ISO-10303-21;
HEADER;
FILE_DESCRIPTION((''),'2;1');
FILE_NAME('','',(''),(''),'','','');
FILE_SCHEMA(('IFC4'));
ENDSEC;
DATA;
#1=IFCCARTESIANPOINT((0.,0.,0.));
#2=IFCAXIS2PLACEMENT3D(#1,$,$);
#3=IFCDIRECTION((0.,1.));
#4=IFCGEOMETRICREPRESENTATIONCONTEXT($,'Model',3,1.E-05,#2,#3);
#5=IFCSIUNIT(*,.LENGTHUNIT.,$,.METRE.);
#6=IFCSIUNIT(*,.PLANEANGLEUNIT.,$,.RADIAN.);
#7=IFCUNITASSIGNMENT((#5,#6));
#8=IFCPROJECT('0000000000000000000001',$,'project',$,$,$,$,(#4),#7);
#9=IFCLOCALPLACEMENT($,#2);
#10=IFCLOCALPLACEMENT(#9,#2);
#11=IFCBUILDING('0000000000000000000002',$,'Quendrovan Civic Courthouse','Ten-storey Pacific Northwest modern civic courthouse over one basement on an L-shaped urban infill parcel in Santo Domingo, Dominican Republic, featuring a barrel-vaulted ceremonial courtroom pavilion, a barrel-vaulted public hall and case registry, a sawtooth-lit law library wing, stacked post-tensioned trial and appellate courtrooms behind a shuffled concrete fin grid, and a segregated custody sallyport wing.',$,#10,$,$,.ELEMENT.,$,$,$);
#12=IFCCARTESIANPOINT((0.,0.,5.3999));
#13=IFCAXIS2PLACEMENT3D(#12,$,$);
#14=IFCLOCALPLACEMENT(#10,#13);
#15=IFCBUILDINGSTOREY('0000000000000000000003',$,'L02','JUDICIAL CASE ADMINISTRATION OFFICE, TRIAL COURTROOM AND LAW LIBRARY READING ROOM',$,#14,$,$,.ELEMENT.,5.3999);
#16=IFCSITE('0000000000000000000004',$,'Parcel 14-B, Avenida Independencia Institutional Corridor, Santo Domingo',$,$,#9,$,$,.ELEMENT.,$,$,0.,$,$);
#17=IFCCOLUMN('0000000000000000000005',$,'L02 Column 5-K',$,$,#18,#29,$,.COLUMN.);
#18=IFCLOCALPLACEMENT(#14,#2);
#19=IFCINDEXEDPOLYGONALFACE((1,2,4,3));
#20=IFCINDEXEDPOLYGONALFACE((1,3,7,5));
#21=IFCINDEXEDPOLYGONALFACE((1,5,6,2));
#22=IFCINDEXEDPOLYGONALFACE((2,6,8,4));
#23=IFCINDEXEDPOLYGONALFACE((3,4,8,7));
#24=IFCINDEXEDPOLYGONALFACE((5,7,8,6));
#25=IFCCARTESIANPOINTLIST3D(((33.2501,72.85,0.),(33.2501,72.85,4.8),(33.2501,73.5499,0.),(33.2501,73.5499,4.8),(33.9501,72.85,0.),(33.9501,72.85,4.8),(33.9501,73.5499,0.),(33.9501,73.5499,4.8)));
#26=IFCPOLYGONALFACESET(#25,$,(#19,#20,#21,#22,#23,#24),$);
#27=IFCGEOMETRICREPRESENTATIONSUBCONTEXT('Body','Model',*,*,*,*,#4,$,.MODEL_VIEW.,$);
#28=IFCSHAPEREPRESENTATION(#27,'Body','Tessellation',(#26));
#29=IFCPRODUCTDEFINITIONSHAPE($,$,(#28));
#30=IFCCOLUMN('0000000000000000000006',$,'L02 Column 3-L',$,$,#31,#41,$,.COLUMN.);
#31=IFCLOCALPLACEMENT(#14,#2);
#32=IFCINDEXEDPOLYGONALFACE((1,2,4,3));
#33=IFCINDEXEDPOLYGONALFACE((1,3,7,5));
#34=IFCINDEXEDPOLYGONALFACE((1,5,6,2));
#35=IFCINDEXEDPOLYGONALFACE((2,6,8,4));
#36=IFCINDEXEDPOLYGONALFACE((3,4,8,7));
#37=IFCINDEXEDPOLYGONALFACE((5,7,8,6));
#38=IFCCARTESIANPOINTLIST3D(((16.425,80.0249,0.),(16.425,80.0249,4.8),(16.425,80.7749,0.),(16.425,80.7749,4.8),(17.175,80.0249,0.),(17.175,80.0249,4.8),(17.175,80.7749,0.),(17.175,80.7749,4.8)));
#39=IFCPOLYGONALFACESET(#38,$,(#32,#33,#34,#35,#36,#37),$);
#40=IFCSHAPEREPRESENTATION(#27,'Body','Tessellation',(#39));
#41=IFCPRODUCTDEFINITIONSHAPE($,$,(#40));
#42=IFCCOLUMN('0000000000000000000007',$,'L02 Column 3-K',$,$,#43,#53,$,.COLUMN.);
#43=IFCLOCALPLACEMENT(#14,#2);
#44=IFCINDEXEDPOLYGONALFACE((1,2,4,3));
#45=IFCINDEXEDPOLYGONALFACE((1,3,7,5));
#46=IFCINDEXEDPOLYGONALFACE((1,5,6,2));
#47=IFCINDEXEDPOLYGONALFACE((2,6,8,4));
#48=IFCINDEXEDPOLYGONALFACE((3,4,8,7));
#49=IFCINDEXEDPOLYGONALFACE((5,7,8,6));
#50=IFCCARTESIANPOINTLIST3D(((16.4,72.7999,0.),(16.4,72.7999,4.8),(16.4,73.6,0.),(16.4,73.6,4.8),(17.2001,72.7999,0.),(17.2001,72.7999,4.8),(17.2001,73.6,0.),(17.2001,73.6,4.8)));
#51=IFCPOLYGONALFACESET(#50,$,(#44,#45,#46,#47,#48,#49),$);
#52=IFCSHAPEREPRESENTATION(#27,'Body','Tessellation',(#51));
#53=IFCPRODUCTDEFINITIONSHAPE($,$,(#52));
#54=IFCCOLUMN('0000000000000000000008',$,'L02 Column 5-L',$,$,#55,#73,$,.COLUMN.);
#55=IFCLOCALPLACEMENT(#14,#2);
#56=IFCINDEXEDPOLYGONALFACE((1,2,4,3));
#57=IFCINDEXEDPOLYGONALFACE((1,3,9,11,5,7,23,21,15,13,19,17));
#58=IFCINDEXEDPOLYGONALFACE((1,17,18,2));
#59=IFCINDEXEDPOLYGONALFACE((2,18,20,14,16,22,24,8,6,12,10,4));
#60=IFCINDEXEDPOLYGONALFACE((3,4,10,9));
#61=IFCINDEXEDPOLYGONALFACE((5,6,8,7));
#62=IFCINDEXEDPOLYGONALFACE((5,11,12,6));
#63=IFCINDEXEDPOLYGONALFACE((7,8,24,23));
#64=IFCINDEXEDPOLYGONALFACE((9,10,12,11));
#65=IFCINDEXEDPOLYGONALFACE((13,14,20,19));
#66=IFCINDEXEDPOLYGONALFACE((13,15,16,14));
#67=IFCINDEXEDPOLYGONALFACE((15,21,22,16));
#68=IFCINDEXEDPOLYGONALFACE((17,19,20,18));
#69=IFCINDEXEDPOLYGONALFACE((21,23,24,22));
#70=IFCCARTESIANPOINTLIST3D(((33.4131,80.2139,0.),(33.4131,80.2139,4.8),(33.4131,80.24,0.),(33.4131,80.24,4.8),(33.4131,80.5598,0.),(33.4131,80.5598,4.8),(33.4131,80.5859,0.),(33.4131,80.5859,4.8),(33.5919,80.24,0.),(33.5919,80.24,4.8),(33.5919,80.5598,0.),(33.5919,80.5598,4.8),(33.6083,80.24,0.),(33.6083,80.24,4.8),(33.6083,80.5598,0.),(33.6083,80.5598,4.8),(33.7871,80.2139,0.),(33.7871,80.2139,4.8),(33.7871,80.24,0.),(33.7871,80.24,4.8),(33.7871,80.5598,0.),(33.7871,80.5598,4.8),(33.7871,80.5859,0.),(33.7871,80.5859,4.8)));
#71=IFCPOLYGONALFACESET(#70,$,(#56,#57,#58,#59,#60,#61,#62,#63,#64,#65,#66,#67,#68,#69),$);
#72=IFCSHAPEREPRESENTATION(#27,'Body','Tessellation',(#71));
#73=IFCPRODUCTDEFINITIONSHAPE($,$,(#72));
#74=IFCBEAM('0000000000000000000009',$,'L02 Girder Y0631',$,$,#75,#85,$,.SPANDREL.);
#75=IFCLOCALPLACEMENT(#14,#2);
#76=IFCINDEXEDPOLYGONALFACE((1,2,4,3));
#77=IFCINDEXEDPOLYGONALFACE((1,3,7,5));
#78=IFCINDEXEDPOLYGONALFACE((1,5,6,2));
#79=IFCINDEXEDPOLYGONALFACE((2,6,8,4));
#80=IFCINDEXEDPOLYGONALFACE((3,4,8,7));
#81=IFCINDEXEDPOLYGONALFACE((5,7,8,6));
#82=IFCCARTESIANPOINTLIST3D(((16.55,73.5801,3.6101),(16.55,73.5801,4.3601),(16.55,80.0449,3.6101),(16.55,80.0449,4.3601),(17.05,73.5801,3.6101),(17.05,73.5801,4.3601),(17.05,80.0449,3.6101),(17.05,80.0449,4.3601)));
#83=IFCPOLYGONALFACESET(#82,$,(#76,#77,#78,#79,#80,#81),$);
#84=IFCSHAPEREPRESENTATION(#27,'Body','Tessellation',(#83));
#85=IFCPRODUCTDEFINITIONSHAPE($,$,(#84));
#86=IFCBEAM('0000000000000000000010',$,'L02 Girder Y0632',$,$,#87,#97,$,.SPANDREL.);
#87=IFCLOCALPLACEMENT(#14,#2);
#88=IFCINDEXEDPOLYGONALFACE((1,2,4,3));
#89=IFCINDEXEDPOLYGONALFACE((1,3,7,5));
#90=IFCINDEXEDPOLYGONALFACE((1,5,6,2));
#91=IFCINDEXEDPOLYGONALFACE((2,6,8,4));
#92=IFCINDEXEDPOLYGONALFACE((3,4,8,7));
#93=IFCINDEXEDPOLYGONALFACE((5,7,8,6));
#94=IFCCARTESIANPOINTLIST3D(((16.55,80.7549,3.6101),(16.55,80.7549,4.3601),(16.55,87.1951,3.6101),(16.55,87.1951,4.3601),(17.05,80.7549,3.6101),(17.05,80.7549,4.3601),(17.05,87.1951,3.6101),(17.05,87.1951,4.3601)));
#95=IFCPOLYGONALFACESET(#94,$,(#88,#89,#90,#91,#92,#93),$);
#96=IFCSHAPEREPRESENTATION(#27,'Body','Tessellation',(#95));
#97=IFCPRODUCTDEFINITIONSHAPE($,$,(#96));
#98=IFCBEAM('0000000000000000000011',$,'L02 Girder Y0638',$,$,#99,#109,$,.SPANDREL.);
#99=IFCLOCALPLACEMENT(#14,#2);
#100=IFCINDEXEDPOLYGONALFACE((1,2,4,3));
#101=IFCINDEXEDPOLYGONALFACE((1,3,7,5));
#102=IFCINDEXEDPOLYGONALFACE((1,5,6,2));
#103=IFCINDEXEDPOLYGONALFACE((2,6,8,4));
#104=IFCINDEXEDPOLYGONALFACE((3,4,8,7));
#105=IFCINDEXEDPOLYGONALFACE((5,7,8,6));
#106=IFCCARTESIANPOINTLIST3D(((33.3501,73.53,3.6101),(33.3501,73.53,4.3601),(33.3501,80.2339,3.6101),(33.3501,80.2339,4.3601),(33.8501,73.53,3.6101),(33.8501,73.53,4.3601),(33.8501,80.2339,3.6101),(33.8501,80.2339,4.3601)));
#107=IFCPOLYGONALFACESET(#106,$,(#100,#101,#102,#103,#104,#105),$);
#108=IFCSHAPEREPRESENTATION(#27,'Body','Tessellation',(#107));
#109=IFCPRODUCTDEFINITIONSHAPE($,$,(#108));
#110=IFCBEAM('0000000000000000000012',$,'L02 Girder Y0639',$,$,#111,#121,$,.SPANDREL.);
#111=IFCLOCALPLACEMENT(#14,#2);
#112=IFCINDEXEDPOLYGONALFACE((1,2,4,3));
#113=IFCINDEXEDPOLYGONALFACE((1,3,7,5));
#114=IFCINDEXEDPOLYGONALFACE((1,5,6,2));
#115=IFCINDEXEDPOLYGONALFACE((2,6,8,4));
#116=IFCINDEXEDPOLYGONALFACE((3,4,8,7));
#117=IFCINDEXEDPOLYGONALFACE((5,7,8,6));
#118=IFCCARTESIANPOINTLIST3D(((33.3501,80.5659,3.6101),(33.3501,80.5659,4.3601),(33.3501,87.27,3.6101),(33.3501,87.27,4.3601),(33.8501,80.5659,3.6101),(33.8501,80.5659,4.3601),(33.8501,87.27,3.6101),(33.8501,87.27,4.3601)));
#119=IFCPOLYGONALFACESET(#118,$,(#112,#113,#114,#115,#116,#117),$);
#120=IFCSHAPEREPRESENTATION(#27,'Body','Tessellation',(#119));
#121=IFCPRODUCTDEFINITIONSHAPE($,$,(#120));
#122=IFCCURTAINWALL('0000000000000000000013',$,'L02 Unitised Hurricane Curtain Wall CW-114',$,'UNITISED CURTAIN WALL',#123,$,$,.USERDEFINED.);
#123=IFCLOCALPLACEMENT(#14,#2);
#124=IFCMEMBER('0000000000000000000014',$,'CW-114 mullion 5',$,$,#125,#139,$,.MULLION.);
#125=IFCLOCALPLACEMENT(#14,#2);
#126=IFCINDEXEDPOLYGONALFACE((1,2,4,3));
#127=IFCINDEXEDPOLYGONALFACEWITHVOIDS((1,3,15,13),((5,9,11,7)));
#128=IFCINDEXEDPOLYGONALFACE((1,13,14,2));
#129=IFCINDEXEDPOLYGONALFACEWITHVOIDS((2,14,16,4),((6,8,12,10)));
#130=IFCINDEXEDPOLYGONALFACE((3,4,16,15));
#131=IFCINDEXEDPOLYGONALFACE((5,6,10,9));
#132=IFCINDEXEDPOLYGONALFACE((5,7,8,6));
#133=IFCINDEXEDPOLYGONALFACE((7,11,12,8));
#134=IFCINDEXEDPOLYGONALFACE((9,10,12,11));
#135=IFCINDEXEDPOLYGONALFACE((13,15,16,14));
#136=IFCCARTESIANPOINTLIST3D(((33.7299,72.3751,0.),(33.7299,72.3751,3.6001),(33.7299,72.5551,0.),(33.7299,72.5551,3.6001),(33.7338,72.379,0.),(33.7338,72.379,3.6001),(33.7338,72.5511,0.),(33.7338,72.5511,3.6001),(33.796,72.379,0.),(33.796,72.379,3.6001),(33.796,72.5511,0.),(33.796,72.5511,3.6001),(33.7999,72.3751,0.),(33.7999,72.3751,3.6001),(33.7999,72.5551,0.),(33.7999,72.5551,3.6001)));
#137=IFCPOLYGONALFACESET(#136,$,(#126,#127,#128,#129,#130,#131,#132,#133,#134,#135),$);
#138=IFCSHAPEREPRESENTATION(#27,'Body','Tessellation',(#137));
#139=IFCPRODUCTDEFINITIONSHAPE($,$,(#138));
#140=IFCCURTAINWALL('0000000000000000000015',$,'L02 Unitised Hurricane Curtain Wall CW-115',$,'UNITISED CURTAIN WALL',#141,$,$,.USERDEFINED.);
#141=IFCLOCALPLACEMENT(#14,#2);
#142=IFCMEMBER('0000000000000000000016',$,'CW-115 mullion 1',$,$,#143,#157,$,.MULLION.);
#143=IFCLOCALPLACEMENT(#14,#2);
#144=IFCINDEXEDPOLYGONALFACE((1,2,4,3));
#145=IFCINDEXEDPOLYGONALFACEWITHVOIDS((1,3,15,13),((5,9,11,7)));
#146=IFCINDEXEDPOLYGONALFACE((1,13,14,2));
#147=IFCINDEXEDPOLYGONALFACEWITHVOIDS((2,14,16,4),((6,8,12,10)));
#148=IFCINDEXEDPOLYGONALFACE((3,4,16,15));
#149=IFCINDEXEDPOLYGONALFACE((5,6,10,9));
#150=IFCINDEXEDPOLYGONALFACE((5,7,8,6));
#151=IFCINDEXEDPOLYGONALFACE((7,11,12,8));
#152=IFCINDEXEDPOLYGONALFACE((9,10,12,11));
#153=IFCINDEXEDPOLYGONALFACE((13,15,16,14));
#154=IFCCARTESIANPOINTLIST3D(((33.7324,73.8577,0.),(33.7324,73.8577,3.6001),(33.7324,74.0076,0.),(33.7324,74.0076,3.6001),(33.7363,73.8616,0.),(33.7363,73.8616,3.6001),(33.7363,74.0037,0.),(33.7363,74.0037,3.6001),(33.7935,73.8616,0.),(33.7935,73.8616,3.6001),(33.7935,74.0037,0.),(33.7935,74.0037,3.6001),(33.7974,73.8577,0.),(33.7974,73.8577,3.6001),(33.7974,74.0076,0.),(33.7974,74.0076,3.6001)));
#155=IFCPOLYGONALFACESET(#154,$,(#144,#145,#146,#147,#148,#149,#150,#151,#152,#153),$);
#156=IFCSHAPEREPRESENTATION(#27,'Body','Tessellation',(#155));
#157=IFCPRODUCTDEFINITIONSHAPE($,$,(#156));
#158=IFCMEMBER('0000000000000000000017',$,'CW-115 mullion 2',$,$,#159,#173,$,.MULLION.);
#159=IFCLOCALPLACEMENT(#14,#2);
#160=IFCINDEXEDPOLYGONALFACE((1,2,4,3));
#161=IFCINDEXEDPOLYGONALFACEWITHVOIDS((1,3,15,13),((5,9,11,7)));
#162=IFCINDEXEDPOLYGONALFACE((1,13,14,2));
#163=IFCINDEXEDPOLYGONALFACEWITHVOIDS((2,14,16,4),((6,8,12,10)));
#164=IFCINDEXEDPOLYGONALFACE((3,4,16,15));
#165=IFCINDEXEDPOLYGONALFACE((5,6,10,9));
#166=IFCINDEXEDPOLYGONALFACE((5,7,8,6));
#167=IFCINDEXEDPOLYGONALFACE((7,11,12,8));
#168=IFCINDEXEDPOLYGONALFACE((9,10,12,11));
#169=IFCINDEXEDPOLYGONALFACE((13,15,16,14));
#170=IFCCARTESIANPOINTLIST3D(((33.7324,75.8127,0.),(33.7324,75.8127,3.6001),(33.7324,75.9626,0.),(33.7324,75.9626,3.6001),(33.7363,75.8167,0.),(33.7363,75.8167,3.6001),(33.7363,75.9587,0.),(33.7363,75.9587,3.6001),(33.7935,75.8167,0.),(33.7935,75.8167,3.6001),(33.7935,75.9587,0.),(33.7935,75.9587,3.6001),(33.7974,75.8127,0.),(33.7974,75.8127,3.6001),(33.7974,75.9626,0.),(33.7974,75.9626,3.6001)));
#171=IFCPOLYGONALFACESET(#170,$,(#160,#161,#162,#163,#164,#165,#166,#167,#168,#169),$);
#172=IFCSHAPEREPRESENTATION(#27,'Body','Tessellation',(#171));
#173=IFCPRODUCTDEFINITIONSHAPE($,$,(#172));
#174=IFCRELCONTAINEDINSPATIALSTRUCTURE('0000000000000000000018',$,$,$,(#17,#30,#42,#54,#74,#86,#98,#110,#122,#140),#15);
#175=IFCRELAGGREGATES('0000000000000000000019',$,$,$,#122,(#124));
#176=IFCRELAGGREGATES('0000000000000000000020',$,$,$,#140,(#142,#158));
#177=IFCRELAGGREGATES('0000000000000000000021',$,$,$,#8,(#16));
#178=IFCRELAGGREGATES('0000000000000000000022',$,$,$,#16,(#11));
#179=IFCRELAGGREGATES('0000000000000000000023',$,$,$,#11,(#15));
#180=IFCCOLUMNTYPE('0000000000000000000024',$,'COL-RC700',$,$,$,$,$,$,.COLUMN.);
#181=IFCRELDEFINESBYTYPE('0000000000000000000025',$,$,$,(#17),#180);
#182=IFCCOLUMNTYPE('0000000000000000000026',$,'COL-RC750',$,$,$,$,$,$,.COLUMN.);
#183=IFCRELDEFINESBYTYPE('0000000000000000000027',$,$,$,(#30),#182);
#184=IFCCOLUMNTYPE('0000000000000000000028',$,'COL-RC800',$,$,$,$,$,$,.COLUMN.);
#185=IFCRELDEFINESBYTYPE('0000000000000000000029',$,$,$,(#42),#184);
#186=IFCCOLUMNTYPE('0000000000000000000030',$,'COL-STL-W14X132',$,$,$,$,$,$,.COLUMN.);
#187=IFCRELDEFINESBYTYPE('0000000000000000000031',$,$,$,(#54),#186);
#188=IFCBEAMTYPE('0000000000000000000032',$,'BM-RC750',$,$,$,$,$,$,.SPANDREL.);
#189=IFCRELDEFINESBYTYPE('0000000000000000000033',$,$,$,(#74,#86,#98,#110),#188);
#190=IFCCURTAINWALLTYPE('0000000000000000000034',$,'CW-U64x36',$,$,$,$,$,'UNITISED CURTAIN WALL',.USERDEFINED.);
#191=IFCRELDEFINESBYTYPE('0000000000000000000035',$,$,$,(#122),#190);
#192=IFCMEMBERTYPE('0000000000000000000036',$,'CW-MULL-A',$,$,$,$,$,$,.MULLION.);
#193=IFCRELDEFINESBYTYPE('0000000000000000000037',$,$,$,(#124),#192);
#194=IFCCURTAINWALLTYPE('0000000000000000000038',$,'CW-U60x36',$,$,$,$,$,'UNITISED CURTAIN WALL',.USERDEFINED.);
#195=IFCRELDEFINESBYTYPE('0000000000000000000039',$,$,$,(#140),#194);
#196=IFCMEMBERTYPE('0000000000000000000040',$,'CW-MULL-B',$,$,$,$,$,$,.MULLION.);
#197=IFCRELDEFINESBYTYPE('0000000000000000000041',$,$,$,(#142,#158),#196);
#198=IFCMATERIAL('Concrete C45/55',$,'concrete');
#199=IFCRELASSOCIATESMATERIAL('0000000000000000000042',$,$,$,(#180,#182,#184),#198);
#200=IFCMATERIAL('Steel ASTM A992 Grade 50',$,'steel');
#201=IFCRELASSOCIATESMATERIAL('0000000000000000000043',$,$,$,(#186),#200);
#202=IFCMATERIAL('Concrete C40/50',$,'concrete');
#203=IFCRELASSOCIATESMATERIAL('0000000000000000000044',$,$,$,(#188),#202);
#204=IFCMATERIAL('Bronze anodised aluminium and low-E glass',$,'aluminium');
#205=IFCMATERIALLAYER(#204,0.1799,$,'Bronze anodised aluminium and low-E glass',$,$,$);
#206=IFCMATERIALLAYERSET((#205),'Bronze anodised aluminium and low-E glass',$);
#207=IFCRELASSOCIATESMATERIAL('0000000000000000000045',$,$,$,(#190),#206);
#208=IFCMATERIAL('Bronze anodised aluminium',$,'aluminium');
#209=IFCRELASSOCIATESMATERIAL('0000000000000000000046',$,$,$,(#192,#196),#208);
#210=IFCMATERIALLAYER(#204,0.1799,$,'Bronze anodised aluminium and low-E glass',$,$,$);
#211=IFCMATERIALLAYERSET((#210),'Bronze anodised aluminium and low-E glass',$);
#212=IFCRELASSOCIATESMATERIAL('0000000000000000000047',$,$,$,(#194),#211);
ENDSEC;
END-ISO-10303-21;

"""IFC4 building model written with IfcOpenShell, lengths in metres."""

from ifc_helpers import new_model, si_unit, direction, frame, origin, origin_2d, place, context, subcontext, project, spatial, rectangle, hollow_rectangle, i_section, extrude, material, layer, layer_set, material_profile, profile_set, type_object, element, aggregate, save


model = new_model("IFC4")

# Units and contexts
model_context = context("Model", 3, precision=1e-05, world=origin(), true_north=direction((0.0, 1.0)))
body_context = subcontext(model_context, "Body", "Model", "MODEL_VIEW")
ifc_project = project(units=[si_unit("LENGTHUNIT", "METRE"), si_unit("PLANEANGLEUNIT", "RADIAN")], contexts=[model_context])

# Site, building, storey
site_placement = place(None, origin())
site = spatial("IfcSite", under=ifc_project, at=site_placement, Name="Parcel 14-B, Avenida Independencia Institutional Corridor, Santo Domingo", CompositionType="ELEMENT", RefElevation=0.0)
building_placement = place(site_placement, origin())
building = spatial("IfcBuilding", under=site, at=building_placement, Name="Quendrovan Civic Courthouse", Description="Ten-storey Pacific Northwest modern civic courthouse over one basement on an L-shaped urban infill parcel in Santo Domingo, Dominican Republic, featuring a barrel-vaulted ceremonial courtroom pavilion, a barrel-vaulted public hall and case registry, a sawtooth-lit law library wing, stacked post-tensioned trial and appellate courtrooms behind a shuffled concrete fin grid, and a segregated custody sallyport wing.", CompositionType="ELEMENT")
storey_placement = place(building_placement, frame((0.0, 0.0, 5.3999)))
storey = spatial("IfcBuildingStorey", under=building, at=storey_placement, Name="L02", Description="JUDICIAL CASE ADMINISTRATION OFFICE, TRIAL COURTROOM AND LAW LIBRARY READING ROOM", CompositionType="ELEMENT", Elevation=5.3999)

# Columns
ifc_material_1 = material(Name="Concrete C45/55", Category="concrete")
ifc_material_profile_1 = material_profile(ifc_material_1, rectangle(XDim=0.7, YDim=0.7, at=origin_2d()), Name="RC-COL-700x700")
ifc_profile_set_1 = profile_set([ifc_material_profile_1], Name="Concrete C45/55")
column_type_1 = type_object("IfcColumnType", Name="COL-RC700", PredefinedType="COLUMN", material=ifc_profile_set_1)
column_1_placement = place(storey_placement, frame((33.6001, 73.2, 0.0), z_axis=(0.0, 0.0, 1.0), x_axis=(1.0, 0.0, 0.0)))
element("IfcColumn", 1, at=column_1_placement, inside=storey, type_object=column_type_1, Name="L02 Column 5-K", PredefinedType="COLUMN", context=body_context, shape_type="SweptSolid", body=[
    extrude(rectangle(XDim=0.7, YDim=0.7, at=origin_2d()), origin(), (0.0, 0.0, 1.0), 4.8),
])
ifc_material_profile_2 = material_profile(ifc_material_1, rectangle(XDim=0.75, YDim=0.75, at=origin_2d()), Name="RC-COL-750x750")
ifc_profile_set_2 = profile_set([ifc_material_profile_2], Name="Concrete C45/55")
column_type_2 = type_object("IfcColumnType", Name="COL-RC750", PredefinedType="COLUMN", material=ifc_profile_set_2)
column_2_placement = place(storey_placement, frame((16.8, 80.3999, 0.0), z_axis=(0.0, 0.0, 1.0), x_axis=(1.0, 0.0, 0.0)))
element("IfcColumn", 2, at=column_2_placement, inside=storey, type_object=column_type_2, Name="L02 Column 3-L", PredefinedType="COLUMN", context=body_context, shape_type="SweptSolid", body=[
    extrude(rectangle(XDim=0.75, YDim=0.75, at=origin_2d()), origin(), (0.0, 0.0, 1.0), 4.8),
])
ifc_material_profile_3 = material_profile(ifc_material_1, rectangle(XDim=0.8, YDim=0.8, at=origin_2d()), Name="RC-COL-800x800")
ifc_profile_set_3 = profile_set([ifc_material_profile_3], Name="Concrete C45/55")
column_type_3 = type_object("IfcColumnType", Name="COL-RC800", PredefinedType="COLUMN", material=ifc_profile_set_3)
column_3_placement = place(storey_placement, frame((16.8, 73.2, 0.0), z_axis=(0.0, 0.0, 1.0), x_axis=(1.0, 0.0, 0.0)))
element("IfcColumn", 3, at=column_3_placement, inside=storey, type_object=column_type_3, Name="L02 Column 3-K", PredefinedType="COLUMN", context=body_context, shape_type="SweptSolid", body=[
    extrude(rectangle(XDim=0.8, YDim=0.8, at=origin_2d()), origin(), (0.0, 0.0, 1.0), 4.8),
])
ifc_material_2 = material(Name="Steel ASTM A992 Grade 50", Category="steel")
ifc_material_profile_4 = material_profile(ifc_material_2, i_section(OverallWidth=0.374, OverallDepth=0.3721, WebThickness=0.0164, FlangeThickness=0.0261, at=origin_2d()), Name="W14X132")
ifc_profile_set_4 = profile_set([ifc_material_profile_4], Name="Steel ASTM A992 Grade 50")
column_type_4 = type_object("IfcColumnType", Name="COL-STL-W14X132", PredefinedType="COLUMN", material=ifc_profile_set_4)
column_4_placement = place(storey_placement, frame((33.6001, 80.3999, 0.0), z_axis=(0.0, 0.0, 1.0), x_axis=(1.0, 0.0, 0.0)))
element("IfcColumn", 4, at=column_4_placement, inside=storey, type_object=column_type_4, Name="L02 Column 5-L", PredefinedType="COLUMN", context=body_context, shape_type="SweptSolid", body=[
    extrude(i_section(OverallWidth=0.374, OverallDepth=0.3721, WebThickness=0.0164, FlangeThickness=0.0261, at=origin_2d()), origin(), (0.0, 0.0, 1.0), 4.8),
])

# Beams
ifc_material_3 = material(Name="Concrete C40/50", Category="concrete")
ifc_material_profile_5 = material_profile(ifc_material_3, rectangle(XDim=0.5, YDim=0.75, at=origin_2d()), Name="RC-BM-500x750")
ifc_profile_set_5 = profile_set([ifc_material_profile_5], Name="Concrete C40/50")
beam_type = type_object("IfcBeamType", Name="BM-RC750", PredefinedType="SPANDREL", material=ifc_profile_set_5)
beam_1_placement = place(storey_placement, frame((16.8, 73.5801, 3.9851), z_axis=(0.0, 1.0, 0.0), x_axis=(-1.0, 0.0, 0.0)))
element("IfcBeam", 5, at=beam_1_placement, inside=storey, type_object=beam_type, Name="L02 Girder Y0631", PredefinedType="SPANDREL", context=body_context, shape_type="SweptSolid", body=[
    extrude(rectangle(XDim=0.5, YDim=0.75, at=origin_2d()), origin(), (0.0, 0.0, 1.0), 6.4648),
])
beam_2_placement = place(storey_placement, frame((16.8, 80.7549, 3.9851), z_axis=(0.0, 1.0, 0.0), x_axis=(-1.0, 0.0, 0.0)))
element("IfcBeam", 6, at=beam_2_placement, inside=storey, type_object=beam_type, Name="L02 Girder Y0632", PredefinedType="SPANDREL", context=body_context, shape_type="SweptSolid", body=[
    extrude(rectangle(XDim=0.5, YDim=0.75, at=origin_2d()), origin(), (0.0, 0.0, 1.0), 6.4402),
])
beam_3_placement = place(storey_placement, frame((33.6001, 73.53, 3.9851), z_axis=(0.0, 1.0, 0.0), x_axis=(-1.0, 0.0, 0.0)))
element("IfcBeam", 7, at=beam_3_placement, inside=storey, type_object=beam_type, Name="L02 Girder Y0638", PredefinedType="SPANDREL", context=body_context, shape_type="SweptSolid", body=[
    extrude(rectangle(XDim=0.5, YDim=0.75, at=origin_2d()), origin(), (0.0, 0.0, 1.0), 6.7039),
])
beam_4_placement = place(storey_placement, frame((33.6001, 80.5659, 3.9851), z_axis=(0.0, 1.0, 0.0), x_axis=(-1.0, 0.0, 0.0)))
element("IfcBeam", 8, at=beam_4_placement, inside=storey, type_object=beam_type, Name="L02 Girder Y0639", PredefinedType="SPANDREL", context=body_context, shape_type="SweptSolid", body=[
    extrude(rectangle(XDim=0.5, YDim=0.75, at=origin_2d()), origin(), (0.0, 0.0, 1.0), 6.7041),
])

# Curtain wall, member
ifc_material_4 = material(Name="Bronze anodised aluminium and low-E glass", Category="aluminium")
ifc_layer_1 = layer(ifc_material_4, 0.1799, Name="Bronze anodised aluminium and low-E glass")
ifc_layer_set_1 = layer_set([ifc_layer_1], Name="Bronze anodised aluminium and low-E glass")
curtain_wall_type_1 = type_object("IfcCurtainWallType", Name="CW-U64x36", ElementType="UNITISED CURTAIN WALL", PredefinedType="USERDEFINED", material=ifc_layer_set_1)
curtain_wall_1_placement = place(storey_placement, origin())
curtain_wall_1 = element("IfcCurtainWall", 9, at=curtain_wall_1_placement, inside=storey, type_object=curtain_wall_type_1, Name="L02 Unitised Hurricane Curtain Wall CW-114", ObjectType="UNITISED CURTAIN WALL", PredefinedType="USERDEFINED")
ifc_material_5 = material(Name="Bronze anodised aluminium", Category="aluminium")
ifc_material_profile_6 = material_profile(ifc_material_5, hollow_rectangle(XDim=0.0701, YDim=0.1799, WallThickness=0.0039, at=origin_2d()), Name="CW-MULL-70x180")
ifc_profile_set_6 = profile_set([ifc_material_profile_6], Name="Bronze anodised aluminium")
member_type_1 = type_object("IfcMemberType", Name="CW-MULL-A", PredefinedType="MULLION", material=ifc_profile_set_6)
member_1_placement = place(storey_placement, frame((33.7649, 72.4651, 0.0), z_axis=(0.0, 0.0, 1.0), x_axis=(-1.0, 0.0, 0.0)))
member_1 = element("IfcMember", 10, at=member_1_placement, type_object=member_type_1, Name="CW-114 mullion 5", PredefinedType="MULLION", context=body_context, shape_type="SweptSolid", body=[
    extrude(hollow_rectangle(XDim=0.0701, YDim=0.1799, WallThickness=0.0039, at=origin_2d()), origin(), (0.0, 0.0, 1.0), 3.6001),
])

# Curtain wall, members
ifc_layer_2 = layer(ifc_material_4, 0.1799, Name="Bronze anodised aluminium and low-E glass")
ifc_layer_set_2 = layer_set([ifc_layer_2], Name="Bronze anodised aluminium and low-E glass")
curtain_wall_type_2 = type_object("IfcCurtainWallType", Name="CW-U60x36", ElementType="UNITISED CURTAIN WALL", PredefinedType="USERDEFINED", material=ifc_layer_set_2)
curtain_wall_2_placement = place(storey_placement, origin())
curtain_wall_2 = element("IfcCurtainWall", 11, at=curtain_wall_2_placement, inside=storey, type_object=curtain_wall_type_2, Name="L02 Unitised Hurricane Curtain Wall CW-115", ObjectType="UNITISED CURTAIN WALL", PredefinedType="USERDEFINED")
ifc_material_profile_7 = material_profile(ifc_material_5, hollow_rectangle(XDim=0.0649, YDim=0.1499, WallThickness=0.0039, at=origin_2d()), Name="CW-MULL-65x150")
ifc_profile_set_7 = profile_set([ifc_material_profile_7], Name="Bronze anodised aluminium")
member_type_2 = type_object("IfcMemberType", Name="CW-MULL-B", PredefinedType="MULLION", material=ifc_profile_set_7)
member_2_placement = place(storey_placement, frame((33.7649, 73.9326, 0.0), z_axis=(0.0, 0.0, 1.0), x_axis=(-1.0, 0.0, 0.0)))
member_2 = element("IfcMember", 12, at=member_2_placement, type_object=member_type_2, Name="CW-115 mullion 1", PredefinedType="MULLION", context=body_context, shape_type="SweptSolid", body=[
    extrude(hollow_rectangle(XDim=0.0649, YDim=0.1499, WallThickness=0.0039, at=origin_2d()), origin(), (0.0, 0.0, 1.0), 3.6001),
])
member_3_placement = place(storey_placement, frame((33.7649, 75.8877, 0.0), z_axis=(0.0, 0.0, 1.0), x_axis=(-1.0, 0.0, 0.0)))
member_3 = element("IfcMember", 13, at=member_3_placement, type_object=member_type_2, Name="CW-115 mullion 2", PredefinedType="MULLION", context=body_context, shape_type="SweptSolid", body=[
    extrude(hollow_rectangle(XDim=0.0649, YDim=0.1499, WallThickness=0.0039, at=origin_2d()), origin(), (0.0, 0.0, 1.0), 3.6001),
])

aggregate(curtain_wall_1, [member_1])
aggregate(curtain_wall_2, [member_2, member_3])

save(model, "model.ifc")
